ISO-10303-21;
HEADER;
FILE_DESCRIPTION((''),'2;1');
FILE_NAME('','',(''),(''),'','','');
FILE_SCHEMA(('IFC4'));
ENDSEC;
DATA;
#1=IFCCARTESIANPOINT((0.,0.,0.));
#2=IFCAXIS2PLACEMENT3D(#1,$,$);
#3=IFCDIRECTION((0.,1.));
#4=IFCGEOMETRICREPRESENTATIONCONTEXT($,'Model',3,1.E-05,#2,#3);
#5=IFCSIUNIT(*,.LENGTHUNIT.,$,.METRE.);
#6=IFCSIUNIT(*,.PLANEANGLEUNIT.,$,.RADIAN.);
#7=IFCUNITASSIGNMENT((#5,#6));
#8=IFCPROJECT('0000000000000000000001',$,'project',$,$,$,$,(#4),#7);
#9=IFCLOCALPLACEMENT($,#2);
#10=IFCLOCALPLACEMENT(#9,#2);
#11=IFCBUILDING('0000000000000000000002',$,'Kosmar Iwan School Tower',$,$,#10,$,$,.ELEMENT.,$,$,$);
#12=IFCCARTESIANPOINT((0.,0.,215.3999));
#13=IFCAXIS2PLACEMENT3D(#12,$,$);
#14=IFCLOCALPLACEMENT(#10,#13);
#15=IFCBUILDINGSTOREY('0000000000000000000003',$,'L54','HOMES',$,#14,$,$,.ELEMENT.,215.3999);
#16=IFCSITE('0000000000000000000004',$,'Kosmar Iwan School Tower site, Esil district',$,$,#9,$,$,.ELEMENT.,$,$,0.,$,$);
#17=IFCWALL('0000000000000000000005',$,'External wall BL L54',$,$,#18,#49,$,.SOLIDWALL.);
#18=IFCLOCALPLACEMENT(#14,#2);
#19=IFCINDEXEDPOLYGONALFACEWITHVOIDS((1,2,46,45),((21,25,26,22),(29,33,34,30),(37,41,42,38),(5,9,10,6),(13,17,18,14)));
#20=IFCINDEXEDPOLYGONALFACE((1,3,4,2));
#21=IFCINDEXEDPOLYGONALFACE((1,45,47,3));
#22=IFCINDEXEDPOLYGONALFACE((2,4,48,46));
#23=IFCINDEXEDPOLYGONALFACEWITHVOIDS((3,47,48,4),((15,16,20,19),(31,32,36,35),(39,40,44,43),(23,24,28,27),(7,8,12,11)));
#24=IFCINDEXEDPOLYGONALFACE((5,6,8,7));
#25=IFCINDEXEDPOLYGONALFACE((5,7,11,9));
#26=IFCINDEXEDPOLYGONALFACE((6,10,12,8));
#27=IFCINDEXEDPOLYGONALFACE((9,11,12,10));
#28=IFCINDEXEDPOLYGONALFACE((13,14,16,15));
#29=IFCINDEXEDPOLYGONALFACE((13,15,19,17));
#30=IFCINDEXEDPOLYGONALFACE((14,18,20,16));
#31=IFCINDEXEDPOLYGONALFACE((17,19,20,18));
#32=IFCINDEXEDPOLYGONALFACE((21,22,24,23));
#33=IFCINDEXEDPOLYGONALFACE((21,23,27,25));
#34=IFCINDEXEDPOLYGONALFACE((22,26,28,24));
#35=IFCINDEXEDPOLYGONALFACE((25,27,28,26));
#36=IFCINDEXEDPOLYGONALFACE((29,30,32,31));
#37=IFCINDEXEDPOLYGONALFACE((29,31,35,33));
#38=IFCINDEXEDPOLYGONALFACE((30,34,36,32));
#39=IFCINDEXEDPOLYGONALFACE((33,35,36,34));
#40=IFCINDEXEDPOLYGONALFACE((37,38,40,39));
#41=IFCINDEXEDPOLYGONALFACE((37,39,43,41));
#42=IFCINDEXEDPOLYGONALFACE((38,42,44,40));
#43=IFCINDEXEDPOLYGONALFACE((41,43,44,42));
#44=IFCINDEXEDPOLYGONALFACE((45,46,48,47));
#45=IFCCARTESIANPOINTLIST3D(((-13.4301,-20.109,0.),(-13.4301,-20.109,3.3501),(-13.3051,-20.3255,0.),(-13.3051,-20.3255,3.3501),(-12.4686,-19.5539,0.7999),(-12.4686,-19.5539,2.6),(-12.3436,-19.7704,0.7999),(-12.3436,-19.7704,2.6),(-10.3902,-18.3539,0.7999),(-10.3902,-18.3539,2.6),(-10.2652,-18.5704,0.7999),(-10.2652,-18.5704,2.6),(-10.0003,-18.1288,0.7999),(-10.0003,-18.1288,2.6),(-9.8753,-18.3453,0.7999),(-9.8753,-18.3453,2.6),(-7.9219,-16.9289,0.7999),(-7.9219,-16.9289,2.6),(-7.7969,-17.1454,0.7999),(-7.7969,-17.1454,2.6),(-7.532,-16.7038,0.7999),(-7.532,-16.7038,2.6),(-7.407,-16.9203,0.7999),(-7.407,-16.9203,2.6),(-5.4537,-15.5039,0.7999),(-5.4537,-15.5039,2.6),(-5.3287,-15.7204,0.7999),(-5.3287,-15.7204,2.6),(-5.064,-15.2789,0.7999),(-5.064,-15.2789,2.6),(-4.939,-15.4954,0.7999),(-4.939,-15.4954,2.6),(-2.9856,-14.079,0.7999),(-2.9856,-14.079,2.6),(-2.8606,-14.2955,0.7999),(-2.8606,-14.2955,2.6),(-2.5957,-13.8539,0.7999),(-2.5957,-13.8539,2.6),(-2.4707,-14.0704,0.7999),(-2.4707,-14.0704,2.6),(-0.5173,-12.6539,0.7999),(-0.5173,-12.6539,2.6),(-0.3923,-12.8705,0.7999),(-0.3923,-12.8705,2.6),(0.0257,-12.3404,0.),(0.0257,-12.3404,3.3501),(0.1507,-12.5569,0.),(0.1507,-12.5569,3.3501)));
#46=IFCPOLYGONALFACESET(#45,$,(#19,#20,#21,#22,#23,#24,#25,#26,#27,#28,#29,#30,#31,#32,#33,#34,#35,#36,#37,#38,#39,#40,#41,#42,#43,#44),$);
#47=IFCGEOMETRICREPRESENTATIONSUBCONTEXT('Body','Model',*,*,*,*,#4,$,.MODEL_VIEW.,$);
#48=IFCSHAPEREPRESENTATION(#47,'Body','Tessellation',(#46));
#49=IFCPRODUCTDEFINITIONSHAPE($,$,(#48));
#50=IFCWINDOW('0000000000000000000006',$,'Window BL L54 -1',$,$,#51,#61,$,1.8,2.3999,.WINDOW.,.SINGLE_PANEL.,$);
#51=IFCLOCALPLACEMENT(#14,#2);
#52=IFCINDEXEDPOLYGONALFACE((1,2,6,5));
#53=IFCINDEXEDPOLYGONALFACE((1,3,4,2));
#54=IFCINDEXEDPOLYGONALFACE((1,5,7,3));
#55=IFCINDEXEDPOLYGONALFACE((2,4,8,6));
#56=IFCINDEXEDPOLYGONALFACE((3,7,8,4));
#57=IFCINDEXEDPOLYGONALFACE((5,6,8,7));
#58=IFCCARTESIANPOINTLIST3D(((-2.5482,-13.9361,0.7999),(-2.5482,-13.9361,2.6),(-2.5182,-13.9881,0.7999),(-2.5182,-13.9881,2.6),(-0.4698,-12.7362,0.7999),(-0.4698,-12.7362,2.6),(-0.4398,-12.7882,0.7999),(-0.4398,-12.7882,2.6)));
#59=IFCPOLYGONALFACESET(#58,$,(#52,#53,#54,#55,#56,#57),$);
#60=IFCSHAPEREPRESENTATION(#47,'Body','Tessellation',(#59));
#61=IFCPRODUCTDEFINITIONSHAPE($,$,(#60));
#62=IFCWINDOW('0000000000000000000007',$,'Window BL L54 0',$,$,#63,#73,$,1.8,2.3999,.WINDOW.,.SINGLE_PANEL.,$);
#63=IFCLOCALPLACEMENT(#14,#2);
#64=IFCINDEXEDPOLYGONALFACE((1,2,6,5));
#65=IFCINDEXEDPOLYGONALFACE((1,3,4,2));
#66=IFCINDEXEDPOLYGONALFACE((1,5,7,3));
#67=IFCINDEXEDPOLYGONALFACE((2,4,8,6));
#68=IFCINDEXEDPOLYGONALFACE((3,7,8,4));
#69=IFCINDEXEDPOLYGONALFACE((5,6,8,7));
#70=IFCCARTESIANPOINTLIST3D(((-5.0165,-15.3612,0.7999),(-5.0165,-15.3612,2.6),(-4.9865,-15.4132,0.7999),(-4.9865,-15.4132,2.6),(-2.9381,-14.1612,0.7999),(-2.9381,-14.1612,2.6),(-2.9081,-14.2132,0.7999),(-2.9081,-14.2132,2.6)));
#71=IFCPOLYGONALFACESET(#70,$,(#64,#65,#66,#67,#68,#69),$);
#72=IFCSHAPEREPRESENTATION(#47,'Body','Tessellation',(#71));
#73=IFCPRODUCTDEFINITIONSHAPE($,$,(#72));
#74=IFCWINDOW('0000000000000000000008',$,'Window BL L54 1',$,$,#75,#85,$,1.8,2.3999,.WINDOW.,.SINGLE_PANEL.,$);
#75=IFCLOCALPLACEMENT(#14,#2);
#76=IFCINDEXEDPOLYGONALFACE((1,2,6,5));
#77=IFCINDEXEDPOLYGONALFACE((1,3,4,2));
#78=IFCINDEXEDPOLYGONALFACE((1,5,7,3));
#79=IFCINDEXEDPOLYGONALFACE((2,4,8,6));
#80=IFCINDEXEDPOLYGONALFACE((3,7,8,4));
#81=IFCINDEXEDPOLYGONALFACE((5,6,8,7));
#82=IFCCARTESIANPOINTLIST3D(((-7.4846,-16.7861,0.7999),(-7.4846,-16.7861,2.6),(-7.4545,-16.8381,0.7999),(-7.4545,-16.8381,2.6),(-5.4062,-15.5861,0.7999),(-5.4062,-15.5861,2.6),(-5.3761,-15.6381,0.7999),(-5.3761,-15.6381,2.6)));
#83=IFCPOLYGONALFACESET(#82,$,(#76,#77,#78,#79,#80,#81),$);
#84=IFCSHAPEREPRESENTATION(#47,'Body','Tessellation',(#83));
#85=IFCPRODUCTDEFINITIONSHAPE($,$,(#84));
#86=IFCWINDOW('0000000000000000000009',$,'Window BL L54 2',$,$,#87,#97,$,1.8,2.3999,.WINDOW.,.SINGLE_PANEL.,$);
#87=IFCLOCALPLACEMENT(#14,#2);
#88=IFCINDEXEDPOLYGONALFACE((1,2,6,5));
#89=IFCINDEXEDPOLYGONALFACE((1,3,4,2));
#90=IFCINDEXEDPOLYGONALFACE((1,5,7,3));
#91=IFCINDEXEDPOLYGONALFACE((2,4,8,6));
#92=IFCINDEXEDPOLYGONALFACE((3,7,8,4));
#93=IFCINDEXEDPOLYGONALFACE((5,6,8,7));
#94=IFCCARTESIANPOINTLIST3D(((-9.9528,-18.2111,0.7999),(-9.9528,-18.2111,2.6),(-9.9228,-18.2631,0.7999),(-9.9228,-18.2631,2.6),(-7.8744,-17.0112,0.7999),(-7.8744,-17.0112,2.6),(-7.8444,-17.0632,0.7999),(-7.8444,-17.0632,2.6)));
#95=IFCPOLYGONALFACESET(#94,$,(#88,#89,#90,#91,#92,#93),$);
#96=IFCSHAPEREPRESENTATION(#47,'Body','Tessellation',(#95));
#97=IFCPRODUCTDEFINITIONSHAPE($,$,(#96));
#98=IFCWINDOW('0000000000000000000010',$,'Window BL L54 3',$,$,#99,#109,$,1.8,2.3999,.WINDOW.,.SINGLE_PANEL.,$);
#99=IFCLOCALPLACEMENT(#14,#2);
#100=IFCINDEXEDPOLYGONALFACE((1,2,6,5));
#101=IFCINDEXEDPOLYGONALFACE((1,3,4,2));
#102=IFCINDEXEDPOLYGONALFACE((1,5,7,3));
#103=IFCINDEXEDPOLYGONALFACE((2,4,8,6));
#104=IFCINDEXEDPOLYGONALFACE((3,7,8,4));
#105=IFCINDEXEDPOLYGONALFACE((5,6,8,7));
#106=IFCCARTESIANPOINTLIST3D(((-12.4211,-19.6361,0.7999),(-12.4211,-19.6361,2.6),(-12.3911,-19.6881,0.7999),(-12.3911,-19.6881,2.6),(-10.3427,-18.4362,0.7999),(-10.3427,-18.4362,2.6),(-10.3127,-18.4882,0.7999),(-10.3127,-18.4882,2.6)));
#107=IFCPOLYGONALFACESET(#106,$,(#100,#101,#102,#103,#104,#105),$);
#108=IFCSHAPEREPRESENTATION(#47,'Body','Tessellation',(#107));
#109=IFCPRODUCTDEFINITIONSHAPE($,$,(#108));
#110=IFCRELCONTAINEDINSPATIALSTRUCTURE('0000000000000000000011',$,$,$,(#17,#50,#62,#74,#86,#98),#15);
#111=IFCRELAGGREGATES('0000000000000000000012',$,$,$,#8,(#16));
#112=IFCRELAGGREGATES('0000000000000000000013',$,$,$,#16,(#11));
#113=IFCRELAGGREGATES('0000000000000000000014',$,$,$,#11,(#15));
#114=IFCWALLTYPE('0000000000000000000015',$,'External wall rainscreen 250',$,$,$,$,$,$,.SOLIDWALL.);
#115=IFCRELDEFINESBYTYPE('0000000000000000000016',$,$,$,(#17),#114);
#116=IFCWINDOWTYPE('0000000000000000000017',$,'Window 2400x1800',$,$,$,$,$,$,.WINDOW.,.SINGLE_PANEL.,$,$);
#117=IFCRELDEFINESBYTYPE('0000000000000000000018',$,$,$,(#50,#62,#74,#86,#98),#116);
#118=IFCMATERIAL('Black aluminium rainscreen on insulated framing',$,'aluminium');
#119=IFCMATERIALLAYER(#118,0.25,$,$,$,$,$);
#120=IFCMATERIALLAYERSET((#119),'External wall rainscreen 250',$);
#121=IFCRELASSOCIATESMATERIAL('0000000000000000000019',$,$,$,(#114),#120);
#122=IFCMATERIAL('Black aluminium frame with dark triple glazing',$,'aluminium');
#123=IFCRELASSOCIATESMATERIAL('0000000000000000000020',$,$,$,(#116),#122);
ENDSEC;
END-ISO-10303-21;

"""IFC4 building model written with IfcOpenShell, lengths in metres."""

from ifc_helpers import new_model, si_unit, direction, frame, frame_2d, origin, place, context, subcontext, project, spatial, rectangle, extrude, material, layer, layer_set, type_object, element, fill, save


model = new_model("IFC4")

# Units and contexts
model_context = context("Model", 3, precision=1e-05, world=origin(), true_north=direction((0.0, 1.0)))
body_context = subcontext(model_context, "Body", "Model", "MODEL_VIEW")
ifc_project = project(units=[si_unit("LENGTHUNIT", "METRE"), si_unit("PLANEANGLEUNIT", "RADIAN")], contexts=[model_context])

# Site, building, storey
site_placement = place(None, origin())
site = spatial("IfcSite", under=ifc_project, at=site_placement, Name="Kosmar Iwan School Tower site, Esil district", CompositionType="ELEMENT", RefElevation=0.0)
building_placement = place(site_placement, origin())
building = spatial("IfcBuilding", under=site, at=building_placement, Name="Kosmar Iwan School Tower", CompositionType="ELEMENT")
storey_placement = place(building_placement, frame((0.0, 0.0, 215.3999)))
storey = spatial("IfcBuildingStorey", under=building, at=storey_placement, Name="L54", Description="HOMES", CompositionType="ELEMENT", Elevation=215.3999)

# Wall, openings, windows
ifc_material_1 = material(Name="Black aluminium rainscreen on insulated framing", Category="aluminium")
ifc_layer_1 = layer(ifc_material_1, 0.25)
ifc_layer_set_1 = layer_set([ifc_layer_1], Name="External wall rainscreen 250")
wall_type_1 = type_object("IfcWallType", Name="External wall rainscreen 250", PredefinedType="SOLIDWALL", material=ifc_layer_set_1)
wall_1_placement = place(storey_placement, frame((0.0881, -12.4487, 0.0), z_axis=(0.0, 0.0, 1.0), x_axis=(-0.86603, -0.499992, 0.0)))
wall_1 = element("IfcWall", 1, at=wall_1_placement, inside=storey, type_object=wall_type_1, Name="External wall BL L54", PredefinedType="SOLIDWALL", context=body_context, shape_type="SweptSolid", body=[
    extrude(rectangle(XDim=15.5374, YDim=0.25, at=frame_2d((7.7686, 0.0))), origin(), (0.0, 0.0, 1.0), 3.3501),
])
opening_1_placement = place(wall_1_placement, frame((0.627, 0.0, 0.8)))
opening_1 = element("IfcOpeningElement", 2, at=opening_1_placement, cuts=wall_1, PredefinedType="OPENING", context=body_context, shape_type="SweptSolid", body=[
    extrude(rectangle(XDim=2.3999, YDim=1.8, at=frame_2d((1.2, 0.8999))), frame((0.0, 0.137, 0.0), z_axis=(0.0, -1.0, 0.0), x_axis=(1.0, 0.0, 0.0)), (0.0, 0.0, 1.0), 0.2739),
])
opening_2_placement = place(wall_1_placement, frame((3.4771, 0.0, 0.8)))
opening_2 = element("IfcOpeningElement", 3, at=opening_2_placement, cuts=wall_1, PredefinedType="OPENING", context=body_context, shape_type="SweptSolid", body=[
    extrude(rectangle(XDim=2.3999, YDim=1.8, at=frame_2d((1.2, 0.8999))), frame((0.0, 0.137, 0.0), z_axis=(0.0, -1.0, 0.0), x_axis=(1.0, 0.0, 0.0)), (0.0, 0.0, 1.0), 0.2739),
])
opening_3_placement = place(wall_1_placement, frame((6.3269, 0.0, 0.8)))
opening_3 = element("IfcOpeningElement", 4, at=opening_3_placement, cuts=wall_1, PredefinedType="OPENING", context=body_context, shape_type="SweptSolid", body=[
    extrude(rectangle(XDim=2.3999, YDim=1.8, at=frame_2d((1.2, 0.8999))), frame((0.0, 0.137, 0.0), z_axis=(0.0, -1.0, 0.0), x_axis=(1.0, 0.0, 0.0)), (0.0, 0.0, 1.0), 0.2739),
])
opening_4_placement = place(wall_1_placement, frame((9.177, 0.0, 0.8)))
opening_4 = element("IfcOpeningElement", 5, at=opening_4_placement, cuts=wall_1, PredefinedType="OPENING", context=body_context, shape_type="SweptSolid", body=[
    extrude(rectangle(XDim=2.3999, YDim=1.8, at=frame_2d((1.2, 0.8999))), frame((0.0, 0.137, 0.0), z_axis=(0.0, -1.0, 0.0), x_axis=(1.0, 0.0, 0.0)), (0.0, 0.0, 1.0), 0.2739),
])
opening_5_placement = place(wall_1_placement, frame((12.0271, 0.0, 0.8)))
opening_5 = element("IfcOpeningElement", 6, at=opening_5_placement, cuts=wall_1, PredefinedType="OPENING", context=body_context, shape_type="SweptSolid", body=[
    extrude(rectangle(XDim=2.3999, YDim=1.8, at=frame_2d((1.2, 0.8999))), frame((0.0, 0.137, 0.0), z_axis=(0.0, -1.0, 0.0), x_axis=(1.0, 0.0, 0.0)), (0.0, 0.0, 1.0), 0.2739),
])
ifc_material_2 = material(Name="Black aluminium frame with dark triple glazing", Category="aluminium")
window_type = type_object("IfcWindowType", Name="Window 2400x1800", PartitioningType="SINGLE_PANEL", PredefinedType="WINDOW", material=ifc_material_2)
window_1_placement = place(opening_1_placement, origin())
window_1 = element("IfcWindow", 7, at=window_1_placement, inside=storey, type_object=window_type, Name="Window BL L54 -1", OverallHeight=1.8, OverallWidth=2.3999, PartitioningType="SINGLE_PANEL", PredefinedType="WINDOW", context=body_context, shape_type="SweptSolid", body=[
    extrude(rectangle(XDim=2.3999, YDim=1.8, at=frame_2d((1.2, 0.8999))), frame((0.0, 0.03, 0.0), z_axis=(0.0, -1.0, 0.0), x_axis=(1.0, 0.0, 0.0)), (0.0, 0.0, 1.0), 0.0601),
])
fill(opening_1, window_1)
window_2_placement = place(opening_2_placement, origin())
window_2 = element("IfcWindow", 8, at=window_2_placement, inside=storey, type_object=window_type, Name="Window BL L54 0", OverallHeight=1.8, OverallWidth=2.3999, PartitioningType="SINGLE_PANEL", PredefinedType="WINDOW", context=body_context, shape_type="SweptSolid", body=[
    extrude(rectangle(XDim=2.3999, YDim=1.8, at=frame_2d((1.2, 0.8999))), frame((0.0, 0.03, 0.0), z_axis=(0.0, -1.0, 0.0), x_axis=(1.0, 0.0, 0.0)), (0.0, 0.0, 1.0), 0.0601),
])
fill(opening_2, window_2)
window_3_placement = place(opening_3_placement, origin())
window_3 = element("IfcWindow", 9, at=window_3_placement, inside=storey, type_object=window_type, Name="Window BL L54 1", OverallHeight=1.8, OverallWidth=2.3999, PartitioningType="SINGLE_PANEL", PredefinedType="WINDOW", context=body_context, shape_type="SweptSolid", body=[
    extrude(rectangle(XDim=2.3999, YDim=1.8, at=frame_2d((1.2, 0.8999))), frame((0.0, 0.03, 0.0), z_axis=(0.0, -1.0, 0.0), x_axis=(1.0, 0.0, 0.0)), (0.0, 0.0, 1.0), 0.0601),
])
fill(opening_3, window_3)
window_4_placement = place(opening_4_placement, origin())
window_4 = element("IfcWindow", 10, at=window_4_placement, inside=storey, type_object=window_type, Name="Window BL L54 2", OverallHeight=1.8, OverallWidth=2.3999, PartitioningType="SINGLE_PANEL", PredefinedType="WINDOW", context=body_context, shape_type="SweptSolid", body=[
    extrude(rectangle(XDim=2.3999, YDim=1.8, at=frame_2d((1.2, 0.8999))), frame((0.0, 0.03, 0.0), z_axis=(0.0, -1.0, 0.0), x_axis=(1.0, 0.0, 0.0)), (0.0, 0.0, 1.0), 0.0601),
])
fill(opening_4, window_4)
window_5_placement = place(opening_5_placement, origin())
window_5 = element("IfcWindow", 11, at=window_5_placement, inside=storey, type_object=window_type, Name="Window BL L54 3", OverallHeight=1.8, OverallWidth=2.3999, PartitioningType="SINGLE_PANEL", PredefinedType="WINDOW", context=body_context, shape_type="SweptSolid", body=[
    extrude(rectangle(XDim=2.3999, YDim=1.8, at=frame_2d((1.2, 0.8999))), frame((0.0, 0.03, 0.0), z_axis=(0.0, -1.0, 0.0), x_axis=(1.0, 0.0, 0.0)), (0.0, 0.0, 1.0), 0.0601),
])
fill(opening_5, window_5)

save(model, "model.ifc")
